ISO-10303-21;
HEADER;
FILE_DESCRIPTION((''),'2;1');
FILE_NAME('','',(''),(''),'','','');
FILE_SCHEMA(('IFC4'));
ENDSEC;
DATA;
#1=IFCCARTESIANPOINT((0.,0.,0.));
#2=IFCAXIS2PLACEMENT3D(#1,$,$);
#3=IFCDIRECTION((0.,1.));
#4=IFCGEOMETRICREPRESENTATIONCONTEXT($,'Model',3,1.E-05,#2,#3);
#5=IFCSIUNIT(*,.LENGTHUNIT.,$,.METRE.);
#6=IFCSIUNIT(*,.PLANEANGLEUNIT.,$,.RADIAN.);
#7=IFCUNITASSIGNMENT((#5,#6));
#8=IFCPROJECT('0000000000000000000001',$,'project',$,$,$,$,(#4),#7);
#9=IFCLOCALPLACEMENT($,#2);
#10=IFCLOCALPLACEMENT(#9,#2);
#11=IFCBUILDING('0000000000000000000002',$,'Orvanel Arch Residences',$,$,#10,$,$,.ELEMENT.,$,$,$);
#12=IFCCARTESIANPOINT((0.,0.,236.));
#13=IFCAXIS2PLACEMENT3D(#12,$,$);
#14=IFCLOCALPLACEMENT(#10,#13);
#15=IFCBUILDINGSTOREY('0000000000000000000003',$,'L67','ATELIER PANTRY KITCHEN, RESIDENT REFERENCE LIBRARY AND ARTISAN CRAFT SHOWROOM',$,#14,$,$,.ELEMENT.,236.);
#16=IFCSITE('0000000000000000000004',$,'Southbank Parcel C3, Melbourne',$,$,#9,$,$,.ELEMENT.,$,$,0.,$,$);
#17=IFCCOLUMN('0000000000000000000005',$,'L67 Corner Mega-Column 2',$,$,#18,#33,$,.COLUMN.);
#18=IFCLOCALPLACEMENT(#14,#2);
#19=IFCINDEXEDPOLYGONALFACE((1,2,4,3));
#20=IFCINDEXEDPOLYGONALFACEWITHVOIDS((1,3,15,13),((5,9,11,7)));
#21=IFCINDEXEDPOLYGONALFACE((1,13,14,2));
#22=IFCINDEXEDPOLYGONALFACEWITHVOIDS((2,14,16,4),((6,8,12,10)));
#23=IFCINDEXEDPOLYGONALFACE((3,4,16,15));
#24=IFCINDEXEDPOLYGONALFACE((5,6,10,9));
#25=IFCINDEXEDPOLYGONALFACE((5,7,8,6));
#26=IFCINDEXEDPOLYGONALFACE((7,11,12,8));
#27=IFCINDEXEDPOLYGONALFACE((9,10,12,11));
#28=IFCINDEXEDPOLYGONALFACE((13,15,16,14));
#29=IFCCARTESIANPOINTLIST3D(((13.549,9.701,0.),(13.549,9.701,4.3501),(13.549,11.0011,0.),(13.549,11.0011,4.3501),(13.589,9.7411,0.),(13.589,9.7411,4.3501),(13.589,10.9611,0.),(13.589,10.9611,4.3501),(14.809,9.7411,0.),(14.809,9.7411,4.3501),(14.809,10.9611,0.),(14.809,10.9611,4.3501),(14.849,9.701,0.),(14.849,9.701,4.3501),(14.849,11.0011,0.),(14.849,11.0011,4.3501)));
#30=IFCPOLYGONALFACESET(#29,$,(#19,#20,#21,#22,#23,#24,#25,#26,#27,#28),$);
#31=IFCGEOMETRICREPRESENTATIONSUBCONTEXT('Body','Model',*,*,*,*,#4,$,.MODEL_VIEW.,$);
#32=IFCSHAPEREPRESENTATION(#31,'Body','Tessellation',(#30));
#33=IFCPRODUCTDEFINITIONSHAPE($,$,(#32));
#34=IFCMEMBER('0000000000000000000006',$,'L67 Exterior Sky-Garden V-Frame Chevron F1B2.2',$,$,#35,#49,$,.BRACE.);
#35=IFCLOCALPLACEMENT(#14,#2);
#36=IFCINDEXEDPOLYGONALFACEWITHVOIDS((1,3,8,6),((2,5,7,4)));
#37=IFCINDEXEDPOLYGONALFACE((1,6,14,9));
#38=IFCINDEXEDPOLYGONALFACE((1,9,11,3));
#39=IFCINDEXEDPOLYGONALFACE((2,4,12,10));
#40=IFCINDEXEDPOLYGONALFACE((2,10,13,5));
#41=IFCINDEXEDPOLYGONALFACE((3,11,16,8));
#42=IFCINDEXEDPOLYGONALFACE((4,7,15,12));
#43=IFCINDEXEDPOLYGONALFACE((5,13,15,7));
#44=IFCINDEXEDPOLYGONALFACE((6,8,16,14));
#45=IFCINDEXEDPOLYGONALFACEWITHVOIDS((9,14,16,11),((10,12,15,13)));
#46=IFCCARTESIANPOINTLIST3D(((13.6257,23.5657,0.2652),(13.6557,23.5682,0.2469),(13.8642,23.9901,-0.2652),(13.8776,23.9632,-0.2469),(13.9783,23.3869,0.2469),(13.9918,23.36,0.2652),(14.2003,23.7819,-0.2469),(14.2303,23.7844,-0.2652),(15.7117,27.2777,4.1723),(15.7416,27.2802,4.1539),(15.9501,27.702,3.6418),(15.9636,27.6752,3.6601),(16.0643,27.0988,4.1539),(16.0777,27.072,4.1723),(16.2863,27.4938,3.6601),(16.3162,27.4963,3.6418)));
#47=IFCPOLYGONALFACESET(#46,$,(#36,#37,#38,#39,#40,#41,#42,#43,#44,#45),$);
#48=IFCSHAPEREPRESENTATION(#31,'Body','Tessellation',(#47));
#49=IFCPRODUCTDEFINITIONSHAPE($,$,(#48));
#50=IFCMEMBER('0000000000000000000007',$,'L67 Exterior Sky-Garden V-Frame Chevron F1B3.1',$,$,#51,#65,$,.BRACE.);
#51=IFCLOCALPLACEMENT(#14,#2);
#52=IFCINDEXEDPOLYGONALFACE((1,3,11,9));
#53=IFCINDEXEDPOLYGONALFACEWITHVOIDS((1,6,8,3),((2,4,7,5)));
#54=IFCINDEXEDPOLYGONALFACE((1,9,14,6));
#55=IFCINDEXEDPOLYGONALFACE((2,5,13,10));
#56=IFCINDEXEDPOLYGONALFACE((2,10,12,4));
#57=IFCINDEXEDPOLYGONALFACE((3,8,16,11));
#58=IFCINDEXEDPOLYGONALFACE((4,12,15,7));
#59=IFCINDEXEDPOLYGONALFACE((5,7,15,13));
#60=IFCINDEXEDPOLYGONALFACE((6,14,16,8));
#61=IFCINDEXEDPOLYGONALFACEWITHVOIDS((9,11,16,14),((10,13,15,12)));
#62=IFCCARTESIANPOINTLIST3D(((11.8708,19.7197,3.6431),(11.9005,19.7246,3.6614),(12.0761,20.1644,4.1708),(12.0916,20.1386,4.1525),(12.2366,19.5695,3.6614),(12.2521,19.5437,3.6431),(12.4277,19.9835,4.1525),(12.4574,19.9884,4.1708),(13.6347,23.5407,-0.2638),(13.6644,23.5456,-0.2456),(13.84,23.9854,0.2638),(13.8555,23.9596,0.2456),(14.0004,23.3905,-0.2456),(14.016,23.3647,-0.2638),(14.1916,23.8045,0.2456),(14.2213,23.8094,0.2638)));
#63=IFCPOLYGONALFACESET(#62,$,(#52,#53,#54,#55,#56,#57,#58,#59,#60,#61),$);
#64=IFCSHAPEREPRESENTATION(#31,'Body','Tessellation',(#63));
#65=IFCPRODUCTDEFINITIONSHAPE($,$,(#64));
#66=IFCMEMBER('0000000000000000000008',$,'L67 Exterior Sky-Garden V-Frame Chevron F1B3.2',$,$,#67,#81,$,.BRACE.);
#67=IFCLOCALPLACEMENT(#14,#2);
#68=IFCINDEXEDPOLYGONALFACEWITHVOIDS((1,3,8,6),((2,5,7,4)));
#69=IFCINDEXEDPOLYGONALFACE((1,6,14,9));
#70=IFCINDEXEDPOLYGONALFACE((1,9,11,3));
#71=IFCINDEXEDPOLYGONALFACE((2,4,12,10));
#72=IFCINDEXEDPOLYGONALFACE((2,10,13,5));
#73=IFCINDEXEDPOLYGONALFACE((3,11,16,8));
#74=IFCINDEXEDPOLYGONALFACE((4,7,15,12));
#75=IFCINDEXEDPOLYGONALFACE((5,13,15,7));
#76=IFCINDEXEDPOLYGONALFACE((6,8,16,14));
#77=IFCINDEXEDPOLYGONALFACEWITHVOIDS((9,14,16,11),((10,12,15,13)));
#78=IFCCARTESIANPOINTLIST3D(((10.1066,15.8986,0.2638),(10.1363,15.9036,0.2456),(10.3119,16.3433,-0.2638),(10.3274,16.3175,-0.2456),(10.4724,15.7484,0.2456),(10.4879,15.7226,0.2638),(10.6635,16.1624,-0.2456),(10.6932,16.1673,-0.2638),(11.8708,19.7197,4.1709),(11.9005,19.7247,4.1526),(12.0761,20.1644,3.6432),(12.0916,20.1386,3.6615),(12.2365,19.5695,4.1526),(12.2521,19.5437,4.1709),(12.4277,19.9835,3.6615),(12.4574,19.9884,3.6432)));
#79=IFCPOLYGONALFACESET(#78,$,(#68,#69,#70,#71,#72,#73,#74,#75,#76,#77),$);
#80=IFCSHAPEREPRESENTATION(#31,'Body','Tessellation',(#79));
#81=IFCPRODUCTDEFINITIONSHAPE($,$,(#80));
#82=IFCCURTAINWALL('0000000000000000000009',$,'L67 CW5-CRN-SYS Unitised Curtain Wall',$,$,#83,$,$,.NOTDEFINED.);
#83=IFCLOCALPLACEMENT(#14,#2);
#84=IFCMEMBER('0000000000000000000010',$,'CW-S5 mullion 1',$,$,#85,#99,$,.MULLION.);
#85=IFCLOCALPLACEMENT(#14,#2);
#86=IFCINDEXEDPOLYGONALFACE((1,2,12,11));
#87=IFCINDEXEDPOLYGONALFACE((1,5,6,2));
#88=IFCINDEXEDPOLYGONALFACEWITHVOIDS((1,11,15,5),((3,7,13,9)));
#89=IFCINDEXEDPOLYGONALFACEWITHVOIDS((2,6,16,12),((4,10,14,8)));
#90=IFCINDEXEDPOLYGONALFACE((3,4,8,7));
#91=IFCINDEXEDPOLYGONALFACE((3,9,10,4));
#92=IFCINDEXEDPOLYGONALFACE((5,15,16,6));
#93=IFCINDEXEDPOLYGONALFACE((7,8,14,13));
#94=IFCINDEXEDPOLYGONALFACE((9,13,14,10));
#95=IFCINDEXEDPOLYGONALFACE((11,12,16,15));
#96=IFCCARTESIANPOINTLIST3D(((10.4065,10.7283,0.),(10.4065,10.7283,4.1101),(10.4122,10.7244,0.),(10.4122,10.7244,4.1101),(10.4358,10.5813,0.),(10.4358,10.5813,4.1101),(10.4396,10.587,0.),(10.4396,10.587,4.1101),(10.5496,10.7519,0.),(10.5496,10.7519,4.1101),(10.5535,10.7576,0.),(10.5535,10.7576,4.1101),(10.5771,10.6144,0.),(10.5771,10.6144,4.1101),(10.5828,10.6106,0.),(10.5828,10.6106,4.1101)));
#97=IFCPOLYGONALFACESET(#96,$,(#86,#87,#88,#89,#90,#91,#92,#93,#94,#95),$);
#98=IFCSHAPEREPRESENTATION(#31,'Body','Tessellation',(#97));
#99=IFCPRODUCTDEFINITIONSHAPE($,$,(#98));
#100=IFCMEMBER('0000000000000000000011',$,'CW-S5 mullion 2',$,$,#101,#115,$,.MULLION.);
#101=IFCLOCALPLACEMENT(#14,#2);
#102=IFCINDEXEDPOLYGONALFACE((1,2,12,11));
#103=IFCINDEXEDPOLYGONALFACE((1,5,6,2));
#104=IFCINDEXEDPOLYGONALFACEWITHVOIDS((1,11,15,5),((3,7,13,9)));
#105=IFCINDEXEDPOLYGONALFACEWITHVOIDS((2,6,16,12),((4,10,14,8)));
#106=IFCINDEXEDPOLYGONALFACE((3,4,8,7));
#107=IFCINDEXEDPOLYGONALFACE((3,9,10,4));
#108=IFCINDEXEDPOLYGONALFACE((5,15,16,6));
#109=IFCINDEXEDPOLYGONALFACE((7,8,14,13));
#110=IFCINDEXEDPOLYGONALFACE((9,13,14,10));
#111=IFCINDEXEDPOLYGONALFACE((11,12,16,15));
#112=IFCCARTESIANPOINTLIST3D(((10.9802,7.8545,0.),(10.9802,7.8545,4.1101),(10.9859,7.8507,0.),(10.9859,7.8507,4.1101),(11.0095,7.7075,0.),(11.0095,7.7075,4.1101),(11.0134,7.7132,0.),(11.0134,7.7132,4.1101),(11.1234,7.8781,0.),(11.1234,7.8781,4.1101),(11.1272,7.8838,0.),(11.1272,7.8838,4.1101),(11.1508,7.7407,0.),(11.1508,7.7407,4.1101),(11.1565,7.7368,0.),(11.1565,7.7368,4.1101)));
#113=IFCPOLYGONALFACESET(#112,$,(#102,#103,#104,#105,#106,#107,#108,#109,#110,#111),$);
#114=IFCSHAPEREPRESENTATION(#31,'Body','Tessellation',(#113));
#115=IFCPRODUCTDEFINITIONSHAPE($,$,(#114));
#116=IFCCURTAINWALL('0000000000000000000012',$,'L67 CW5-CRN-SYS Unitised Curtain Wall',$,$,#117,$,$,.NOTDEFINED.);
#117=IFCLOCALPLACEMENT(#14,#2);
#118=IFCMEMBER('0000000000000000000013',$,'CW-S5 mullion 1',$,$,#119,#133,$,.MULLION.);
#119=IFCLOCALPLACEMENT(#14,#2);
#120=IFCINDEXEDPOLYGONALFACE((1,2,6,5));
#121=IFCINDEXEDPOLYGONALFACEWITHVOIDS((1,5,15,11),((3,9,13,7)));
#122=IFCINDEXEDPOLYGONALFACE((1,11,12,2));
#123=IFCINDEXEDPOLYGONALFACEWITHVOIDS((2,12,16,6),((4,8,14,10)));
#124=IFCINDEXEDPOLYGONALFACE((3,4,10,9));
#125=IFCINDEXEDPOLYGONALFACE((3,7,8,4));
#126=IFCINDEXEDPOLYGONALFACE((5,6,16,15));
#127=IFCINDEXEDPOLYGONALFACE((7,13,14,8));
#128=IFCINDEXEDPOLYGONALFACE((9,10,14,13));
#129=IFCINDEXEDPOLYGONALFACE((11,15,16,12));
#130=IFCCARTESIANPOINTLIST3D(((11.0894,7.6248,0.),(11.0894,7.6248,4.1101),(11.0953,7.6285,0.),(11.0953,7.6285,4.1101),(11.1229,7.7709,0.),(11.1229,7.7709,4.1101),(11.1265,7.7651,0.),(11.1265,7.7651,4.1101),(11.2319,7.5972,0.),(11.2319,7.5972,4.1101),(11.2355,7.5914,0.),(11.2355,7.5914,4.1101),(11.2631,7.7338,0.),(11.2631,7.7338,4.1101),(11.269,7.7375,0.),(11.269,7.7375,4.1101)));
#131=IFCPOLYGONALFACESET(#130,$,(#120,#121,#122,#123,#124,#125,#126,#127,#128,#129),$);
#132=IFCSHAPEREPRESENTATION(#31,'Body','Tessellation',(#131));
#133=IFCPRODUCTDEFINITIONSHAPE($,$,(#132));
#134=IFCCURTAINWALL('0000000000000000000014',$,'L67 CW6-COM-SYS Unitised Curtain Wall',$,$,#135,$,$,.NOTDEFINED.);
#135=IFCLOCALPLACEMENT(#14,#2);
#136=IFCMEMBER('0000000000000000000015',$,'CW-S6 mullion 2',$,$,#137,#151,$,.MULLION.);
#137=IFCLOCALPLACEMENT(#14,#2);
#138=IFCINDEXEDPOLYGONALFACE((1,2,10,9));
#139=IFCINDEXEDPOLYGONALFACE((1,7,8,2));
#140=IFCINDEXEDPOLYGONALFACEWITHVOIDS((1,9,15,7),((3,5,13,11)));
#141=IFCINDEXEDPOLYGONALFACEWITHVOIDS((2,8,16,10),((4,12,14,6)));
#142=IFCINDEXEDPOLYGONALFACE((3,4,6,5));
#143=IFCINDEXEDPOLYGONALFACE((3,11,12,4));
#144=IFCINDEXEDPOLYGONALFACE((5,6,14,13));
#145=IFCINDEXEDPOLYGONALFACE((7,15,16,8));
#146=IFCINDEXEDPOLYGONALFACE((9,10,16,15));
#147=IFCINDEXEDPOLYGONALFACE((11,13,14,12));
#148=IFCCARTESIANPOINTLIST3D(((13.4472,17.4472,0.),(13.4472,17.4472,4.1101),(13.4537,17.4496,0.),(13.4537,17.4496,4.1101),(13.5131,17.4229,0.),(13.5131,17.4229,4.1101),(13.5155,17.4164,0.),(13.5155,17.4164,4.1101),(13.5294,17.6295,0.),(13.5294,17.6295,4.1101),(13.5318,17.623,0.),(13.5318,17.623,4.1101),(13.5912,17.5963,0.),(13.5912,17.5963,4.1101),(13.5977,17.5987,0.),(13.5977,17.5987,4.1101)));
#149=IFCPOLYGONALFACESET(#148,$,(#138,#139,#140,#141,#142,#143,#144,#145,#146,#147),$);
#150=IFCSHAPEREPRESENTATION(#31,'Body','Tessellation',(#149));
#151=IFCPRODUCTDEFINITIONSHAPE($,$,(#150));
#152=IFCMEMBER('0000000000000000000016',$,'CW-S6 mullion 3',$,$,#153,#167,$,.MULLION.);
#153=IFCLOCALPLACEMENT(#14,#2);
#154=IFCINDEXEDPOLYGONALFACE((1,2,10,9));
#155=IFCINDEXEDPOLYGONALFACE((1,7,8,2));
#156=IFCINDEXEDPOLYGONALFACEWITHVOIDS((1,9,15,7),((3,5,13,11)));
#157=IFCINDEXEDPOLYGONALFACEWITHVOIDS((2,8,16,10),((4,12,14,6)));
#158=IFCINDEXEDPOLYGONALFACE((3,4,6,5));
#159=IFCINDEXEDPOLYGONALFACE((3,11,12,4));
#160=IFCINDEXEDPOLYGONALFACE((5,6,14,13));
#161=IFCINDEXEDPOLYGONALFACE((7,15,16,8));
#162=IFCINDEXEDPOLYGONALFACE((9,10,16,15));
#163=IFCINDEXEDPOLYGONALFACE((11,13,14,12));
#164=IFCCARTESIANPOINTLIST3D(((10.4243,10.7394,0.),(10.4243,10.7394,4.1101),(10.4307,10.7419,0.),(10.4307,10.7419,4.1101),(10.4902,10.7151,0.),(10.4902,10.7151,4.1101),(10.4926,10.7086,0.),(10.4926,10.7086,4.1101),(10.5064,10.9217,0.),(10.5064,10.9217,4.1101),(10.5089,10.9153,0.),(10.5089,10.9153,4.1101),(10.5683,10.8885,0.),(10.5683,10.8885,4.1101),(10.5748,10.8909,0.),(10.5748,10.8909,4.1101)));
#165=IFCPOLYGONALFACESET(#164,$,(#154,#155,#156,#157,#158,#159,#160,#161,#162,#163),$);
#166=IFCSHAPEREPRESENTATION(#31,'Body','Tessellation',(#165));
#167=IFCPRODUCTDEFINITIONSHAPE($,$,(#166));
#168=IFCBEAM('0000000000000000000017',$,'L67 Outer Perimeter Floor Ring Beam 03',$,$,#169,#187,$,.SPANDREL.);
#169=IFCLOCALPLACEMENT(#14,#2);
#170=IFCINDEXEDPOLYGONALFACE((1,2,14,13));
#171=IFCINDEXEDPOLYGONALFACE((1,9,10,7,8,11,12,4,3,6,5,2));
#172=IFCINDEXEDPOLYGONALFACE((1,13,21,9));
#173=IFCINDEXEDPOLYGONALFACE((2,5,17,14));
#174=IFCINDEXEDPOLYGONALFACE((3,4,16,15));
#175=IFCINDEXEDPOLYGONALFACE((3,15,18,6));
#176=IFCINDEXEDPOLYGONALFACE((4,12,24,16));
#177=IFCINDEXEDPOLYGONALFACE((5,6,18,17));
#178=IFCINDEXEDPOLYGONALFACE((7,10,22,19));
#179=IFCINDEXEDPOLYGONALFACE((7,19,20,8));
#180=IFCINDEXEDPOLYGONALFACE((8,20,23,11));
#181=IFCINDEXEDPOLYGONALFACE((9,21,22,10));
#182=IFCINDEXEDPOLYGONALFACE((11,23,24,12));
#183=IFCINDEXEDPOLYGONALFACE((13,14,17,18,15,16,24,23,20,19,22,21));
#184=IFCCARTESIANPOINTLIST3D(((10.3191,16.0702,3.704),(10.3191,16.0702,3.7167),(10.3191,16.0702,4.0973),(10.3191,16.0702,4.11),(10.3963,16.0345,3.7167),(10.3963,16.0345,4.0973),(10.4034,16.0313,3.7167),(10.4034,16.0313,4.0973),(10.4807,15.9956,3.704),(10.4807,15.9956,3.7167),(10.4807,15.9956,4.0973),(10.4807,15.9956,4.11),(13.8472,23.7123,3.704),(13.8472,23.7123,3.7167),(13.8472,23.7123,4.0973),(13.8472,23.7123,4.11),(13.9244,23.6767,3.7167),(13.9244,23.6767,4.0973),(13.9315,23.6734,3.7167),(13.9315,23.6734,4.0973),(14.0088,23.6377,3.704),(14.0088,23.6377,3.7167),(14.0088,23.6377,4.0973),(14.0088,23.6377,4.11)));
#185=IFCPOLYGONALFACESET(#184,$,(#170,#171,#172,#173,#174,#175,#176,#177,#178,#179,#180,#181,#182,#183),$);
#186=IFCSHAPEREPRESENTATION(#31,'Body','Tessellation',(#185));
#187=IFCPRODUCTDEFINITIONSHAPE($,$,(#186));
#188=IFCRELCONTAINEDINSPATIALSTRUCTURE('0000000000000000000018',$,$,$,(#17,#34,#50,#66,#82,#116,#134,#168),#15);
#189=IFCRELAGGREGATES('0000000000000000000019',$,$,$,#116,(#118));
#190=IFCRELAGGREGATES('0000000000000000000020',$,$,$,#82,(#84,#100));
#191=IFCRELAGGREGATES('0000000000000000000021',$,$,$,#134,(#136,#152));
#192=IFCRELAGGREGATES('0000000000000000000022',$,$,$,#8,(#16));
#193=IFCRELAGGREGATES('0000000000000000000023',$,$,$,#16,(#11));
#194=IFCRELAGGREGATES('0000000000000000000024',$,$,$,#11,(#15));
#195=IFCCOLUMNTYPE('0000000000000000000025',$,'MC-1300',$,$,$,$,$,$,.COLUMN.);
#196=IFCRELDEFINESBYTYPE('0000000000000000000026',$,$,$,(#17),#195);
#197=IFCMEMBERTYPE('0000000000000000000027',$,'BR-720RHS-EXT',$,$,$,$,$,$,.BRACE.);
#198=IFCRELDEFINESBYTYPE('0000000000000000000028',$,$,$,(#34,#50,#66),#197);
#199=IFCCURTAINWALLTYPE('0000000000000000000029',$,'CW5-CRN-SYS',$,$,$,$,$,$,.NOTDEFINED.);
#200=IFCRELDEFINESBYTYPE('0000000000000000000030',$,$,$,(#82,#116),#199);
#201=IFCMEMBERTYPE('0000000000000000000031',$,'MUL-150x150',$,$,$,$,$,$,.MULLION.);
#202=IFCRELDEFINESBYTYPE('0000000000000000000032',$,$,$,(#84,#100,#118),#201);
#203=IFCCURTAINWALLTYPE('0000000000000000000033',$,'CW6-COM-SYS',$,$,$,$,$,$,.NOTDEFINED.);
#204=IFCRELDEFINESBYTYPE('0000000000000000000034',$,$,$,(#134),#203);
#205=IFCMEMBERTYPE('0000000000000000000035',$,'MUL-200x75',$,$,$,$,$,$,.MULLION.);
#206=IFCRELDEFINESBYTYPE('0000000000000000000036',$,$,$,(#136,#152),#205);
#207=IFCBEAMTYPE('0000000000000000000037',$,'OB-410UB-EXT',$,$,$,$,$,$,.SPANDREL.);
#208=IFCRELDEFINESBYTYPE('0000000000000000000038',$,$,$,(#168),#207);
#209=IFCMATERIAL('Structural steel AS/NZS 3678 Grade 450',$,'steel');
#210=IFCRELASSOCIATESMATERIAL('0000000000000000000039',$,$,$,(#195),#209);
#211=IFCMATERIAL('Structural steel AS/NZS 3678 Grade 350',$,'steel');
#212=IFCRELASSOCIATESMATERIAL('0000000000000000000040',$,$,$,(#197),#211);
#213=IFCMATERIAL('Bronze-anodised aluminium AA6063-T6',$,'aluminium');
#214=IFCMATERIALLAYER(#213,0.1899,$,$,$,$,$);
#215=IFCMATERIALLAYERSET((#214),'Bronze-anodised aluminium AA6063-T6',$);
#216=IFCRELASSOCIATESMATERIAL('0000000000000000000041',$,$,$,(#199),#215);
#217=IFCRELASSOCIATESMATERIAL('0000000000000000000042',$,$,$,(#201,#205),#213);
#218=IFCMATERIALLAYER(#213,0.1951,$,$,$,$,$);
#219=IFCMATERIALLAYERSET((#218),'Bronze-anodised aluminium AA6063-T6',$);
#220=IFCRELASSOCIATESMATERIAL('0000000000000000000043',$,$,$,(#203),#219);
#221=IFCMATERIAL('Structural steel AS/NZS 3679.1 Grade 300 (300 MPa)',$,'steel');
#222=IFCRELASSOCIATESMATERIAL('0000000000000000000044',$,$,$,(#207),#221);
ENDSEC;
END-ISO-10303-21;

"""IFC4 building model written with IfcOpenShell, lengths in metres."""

from ifc_helpers import new_model, si_unit, direction, frame, origin, origin_2d, place, context, subcontext, project, spatial, hollow_rectangle, i_section, extrude, material, layer, layer_set, material_profile, profile_set, type_object, element, aggregate, save


model = new_model("IFC4")

# Units and contexts
model_context = context("Model", 3, precision=1e-05, world=origin(), true_north=direction((0.0, 1.0)))
body_context = subcontext(model_context, "Body", "Model", "MODEL_VIEW")
ifc_project = project(units=[si_unit("LENGTHUNIT", "METRE"), si_unit("PLANEANGLEUNIT", "RADIAN")], contexts=[model_context])

# Site, building, storey
site_placement = place(None, origin())
site = spatial("IfcSite", under=ifc_project, at=site_placement, Name="Southbank Parcel C3, Melbourne", CompositionType="ELEMENT", RefElevation=0.0)
building_placement = place(site_placement, origin())
building = spatial("IfcBuilding", under=site, at=building_placement, Name="Orvanel Arch Residences", CompositionType="ELEMENT")
storey_placement = place(building_placement, frame((0.0, 0.0, 236.0)))
storey = spatial("IfcBuildingStorey", under=building, at=storey_placement, Name="L67", Description="ATELIER PANTRY KITCHEN, RESIDENT REFERENCE LIBRARY AND ARTISAN CRAFT SHOWROOM", CompositionType="ELEMENT", Elevation=236.0)

# Column
ifc_material_1 = material(Name="Structural steel AS/NZS 3678 Grade 450", Category="steel")
ifc_material_profile_1 = material_profile(ifc_material_1, hollow_rectangle(XDim=1.3, YDim=1.3, WallThickness=0.04, at=origin_2d()), Name="BOX1300x1300x40")
ifc_profile_set_1 = profile_set([ifc_material_profile_1], Name="Structural steel AS/NZS 3678 Grade 450")
column_type = type_object("IfcColumnType", Name="MC-1300", PredefinedType="COLUMN", material=ifc_profile_set_1)
column_placement = place(storey_placement, frame((14.199, 10.3511, 0.0), z_axis=(0.0, 0.0, 1.0), x_axis=(1.0, 0.0, 0.0)))
element("IfcColumn", 1, at=column_placement, inside=storey, type_object=column_type, Name="L67 Corner Mega-Column 2", PredefinedType="COLUMN", context=body_context, shape_type="SweptSolid", body=[
    extrude(hollow_rectangle(XDim=1.3, YDim=1.3, WallThickness=0.04, at=origin_2d()), origin(), (0.0, 0.0, 1.0), 4.3501),
])

# Members
ifc_material_2 = material(Name="Structural steel AS/NZS 3678 Grade 350", Category="steel")
ifc_material_profile_2 = material_profile(ifc_material_2, hollow_rectangle(XDim=0.4199, YDim=0.72, WallThickness=0.0249, at=origin_2d()), Name="RHS720x420x25")
ifc_profile_set_2 = profile_set([ifc_material_profile_2], Name="Structural steel AS/NZS 3678 Grade 350")
member_type_1 = type_object("IfcMemberType", Name="BR-720RHS-EXT", PredefinedType="BRACE", material=ifc_profile_set_2)
member_1_placement = place(storey_placement, frame((13.928, 23.675, 0.0), z_axis=(0.360967, 0.642339, 0.676095), x_axis=(-0.871778, 0.489902, 0.0)))
element("IfcMember", 2, at=member_1_placement, inside=storey, type_object=member_type_1, Name="L67 Exterior Sky-Garden V-Frame Chevron F1B2.2", PredefinedType="BRACE", context=body_context, shape_type="SweptSolid", body=[
    extrude(hollow_rectangle(XDim=0.4199, YDim=0.72, WallThickness=0.0249, at=origin_2d()), origin(), (0.0, 0.0, 1.0), 5.7788),
])
member_2_placement = place(storey_placement, frame((13.928, 23.675, 0.0), z_axis=(-0.307169, -0.665398, 0.680363), x_axis=(0.907927, -0.419128, 0.0)))
element("IfcMember", 3, at=member_2_placement, inside=storey, type_object=member_type_1, Name="L67 Exterior Sky-Garden V-Frame Chevron F1B3.1", PredefinedType="BRACE", context=body_context, shape_type="SweptSolid", body=[
    extrude(hollow_rectangle(XDim=0.4199, YDim=0.72, WallThickness=0.0249, at=origin_2d()), origin(), (0.0, 0.0, 1.0), 5.7424),
])
member_3_placement = place(storey_placement, frame((10.3999, 16.033, 0.0), z_axis=(0.307207, 0.665389, 0.680354), x_axis=(-0.907905, 0.419176, 0.0)))
element("IfcMember", 4, at=member_3_placement, inside=storey, type_object=member_type_1, Name="L67 Exterior Sky-Garden V-Frame Chevron F1B3.2", PredefinedType="BRACE", context=body_context, shape_type="SweptSolid", body=[
    extrude(hollow_rectangle(XDim=0.4199, YDim=0.72, WallThickness=0.0249, at=origin_2d()), origin(), (0.0, 0.0, 1.0), 5.7427),
])

# Curtain wall, members
ifc_material_3 = material(Name="Bronze-anodised aluminium AA6063-T6", Category="aluminium")
ifc_layer_1 = layer(ifc_material_3, 0.1899)
ifc_layer_set_1 = layer_set([ifc_layer_1], Name="Bronze-anodised aluminium AA6063-T6")
curtain_wall_type_1 = type_object("IfcCurtainWallType", Name="CW5-CRN-SYS", PredefinedType="NOTDEFINED", material=ifc_layer_set_1)
curtain_wall_1_placement = place(storey_placement, origin())
curtain_wall_1 = element("IfcCurtainWall", 5, at=curtain_wall_1_placement, inside=storey, type_object=curtain_wall_type_1, Name="L67 CW5-CRN-SYS Unitised Curtain Wall", PredefinedType="NOTDEFINED")
ifc_material_profile_3 = material_profile(ifc_material_3, hollow_rectangle(XDim=0.1499, YDim=0.1499, WallThickness=0.0049, at=origin_2d()), Name="ALU150x150x5")
ifc_profile_set_3 = profile_set([ifc_material_profile_3], Name="Bronze-anodised aluminium AA6063-T6")
member_type_2 = type_object("IfcMemberType", Name="MUL-150x150", PredefinedType="MULLION", material=ifc_profile_set_3)
member_4_placement = place(storey_placement, frame((10.4946, 10.6694, 0.0), z_axis=(0.0, 0.0, 1.0), x_axis=(0.980656, 0.195742, 0.0)))
member_4 = element("IfcMember", 6, at=member_4_placement, type_object=member_type_2, Name="CW-S5 mullion 1", PredefinedType="MULLION", context=body_context, shape_type="SweptSolid", body=[
    extrude(hollow_rectangle(XDim=0.1499, YDim=0.1499, WallThickness=0.0049, at=origin_2d()), origin(), (0.0, 0.0, 1.0), 4.1101),
])
member_5_placement = place(storey_placement, frame((11.0684, 7.7957, 0.0), z_axis=(0.0, 0.0, 1.0), x_axis=(0.980656, 0.195742, 0.0)))
member_5 = element("IfcMember", 7, at=member_5_placement, type_object=member_type_2, Name="CW-S5 mullion 2", PredefinedType="MULLION", context=body_context, shape_type="SweptSolid", body=[
    extrude(hollow_rectangle(XDim=0.1499, YDim=0.1499, WallThickness=0.0049, at=origin_2d()), origin(), (0.0, 0.0, 1.0), 4.1101),
])

# Curtain wall, member
curtain_wall_2_placement = place(storey_placement, origin())
curtain_wall_2 = element("IfcCurtainWall", 8, at=curtain_wall_2_placement, inside=storey, type_object=curtain_wall_type_1, Name="L67 CW5-CRN-SYS Unitised Curtain Wall", PredefinedType="NOTDEFINED")
member_6_placement = place(storey_placement, frame((11.1792, 7.6812, 0.0), z_axis=(0.0, 0.0, 1.0), x_axis=(0.223172, 0.974779, 0.0)))
member_6 = element("IfcMember", 9, at=member_6_placement, type_object=member_type_2, Name="CW-S5 mullion 1", PredefinedType="MULLION", context=body_context, shape_type="SweptSolid", body=[
    extrude(hollow_rectangle(XDim=0.1499, YDim=0.1499, WallThickness=0.0049, at=origin_2d()), origin(), (0.0, 0.0, 1.0), 4.1101),
])

# Curtain wall, members
ifc_layer_2 = layer(ifc_material_3, 0.1951)
ifc_layer_set_2 = layer_set([ifc_layer_2], Name="Bronze-anodised aluminium AA6063-T6")
curtain_wall_type_2 = type_object("IfcCurtainWallType", Name="CW6-COM-SYS", PredefinedType="NOTDEFINED", material=ifc_layer_set_2)
curtain_wall_3_placement = place(storey_placement, origin())
curtain_wall_3 = element("IfcCurtainWall", 10, at=curtain_wall_3_placement, inside=storey, type_object=curtain_wall_type_2, Name="L67 CW6-COM-SYS Unitised Curtain Wall", PredefinedType="NOTDEFINED")
ifc_material_profile_4 = material_profile(ifc_material_3, hollow_rectangle(XDim=0.075, YDim=0.2, WallThickness=0.0049, at=origin_2d()), Name="ALU200x75x5")
ifc_profile_set_4 = profile_set([ifc_material_profile_4], Name="Bronze-anodised aluminium AA6063-T6")
member_type_3 = type_object("IfcMemberType", Name="MUL-200x75", PredefinedType="MULLION", material=ifc_profile_set_4)
member_7_placement = place(storey_placement, frame((13.5225, 17.5229, 0.0), z_axis=(0.0, 0.0, 1.0), x_axis=(0.911689, -0.410882, 0.0)))
member_7 = element("IfcMember", 11, at=member_7_placement, type_object=member_type_3, Name="CW-S6 mullion 2", PredefinedType="MULLION", context=body_context, shape_type="SweptSolid", body=[
    extrude(hollow_rectangle(XDim=0.075, YDim=0.2, WallThickness=0.0049, at=origin_2d()), origin(), (0.0, 0.0, 1.0), 4.1101),
])
member_8_placement = place(storey_placement, frame((10.4995, 10.8152, 0.0), z_axis=(0.0, 0.0, 1.0), x_axis=(0.911689, -0.410882, 0.0)))
member_8 = element("IfcMember", 12, at=member_8_placement, type_object=member_type_3, Name="CW-S6 mullion 3", PredefinedType="MULLION", context=body_context, shape_type="SweptSolid", body=[
    extrude(hollow_rectangle(XDim=0.075, YDim=0.2, WallThickness=0.0049, at=origin_2d()), origin(), (0.0, 0.0, 1.0), 4.1101),
])

# Beam
ifc_material_4 = material(Name="Structural steel AS/NZS 3679.1 Grade 300 (300 MPa)", Category="steel")
ifc_material_profile_5 = material_profile(ifc_material_4, i_section(OverallWidth=0.178, OverallDepth=0.406, WebThickness=0.0078, FlangeThickness=0.0127, at=origin_2d()), Name="410UB59.7")
ifc_profile_set_5 = profile_set([ifc_material_profile_5], Name="Structural steel AS/NZS 3679.1 Grade 300 (300 MPa)")
beam_type_1 = type_object("IfcBeamType", Name="OB-410UB-EXT", PredefinedType="SPANDREL", material=ifc_profile_set_5)
beam_1_placement = place(storey_placement, frame((13.928, 23.675, 3.907), z_axis=(-0.419152, -0.907916, 0.0), x_axis=(0.907916, -0.419152, 0.0)))
element("IfcBeam", 13, at=beam_1_placement, inside=storey, type_object=beam_type_1, Name="L67 Outer Perimeter Floor Ring Beam 03", PredefinedType="SPANDREL", context=body_context, shape_type="SweptSolid", body=[
    extrude(i_section(OverallWidth=0.178, OverallDepth=0.406, WebThickness=0.0078, FlangeThickness=0.0127, at=origin_2d()), origin(), (0.0, 0.0, 1.0), 8.4172),
])

aggregate(curtain_wall_2, [member_6])

aggregate(curtain_wall_1, [member_4, member_5])
aggregate(curtain_wall_3, [member_7, member_8])

save(model, "model.ifc")
